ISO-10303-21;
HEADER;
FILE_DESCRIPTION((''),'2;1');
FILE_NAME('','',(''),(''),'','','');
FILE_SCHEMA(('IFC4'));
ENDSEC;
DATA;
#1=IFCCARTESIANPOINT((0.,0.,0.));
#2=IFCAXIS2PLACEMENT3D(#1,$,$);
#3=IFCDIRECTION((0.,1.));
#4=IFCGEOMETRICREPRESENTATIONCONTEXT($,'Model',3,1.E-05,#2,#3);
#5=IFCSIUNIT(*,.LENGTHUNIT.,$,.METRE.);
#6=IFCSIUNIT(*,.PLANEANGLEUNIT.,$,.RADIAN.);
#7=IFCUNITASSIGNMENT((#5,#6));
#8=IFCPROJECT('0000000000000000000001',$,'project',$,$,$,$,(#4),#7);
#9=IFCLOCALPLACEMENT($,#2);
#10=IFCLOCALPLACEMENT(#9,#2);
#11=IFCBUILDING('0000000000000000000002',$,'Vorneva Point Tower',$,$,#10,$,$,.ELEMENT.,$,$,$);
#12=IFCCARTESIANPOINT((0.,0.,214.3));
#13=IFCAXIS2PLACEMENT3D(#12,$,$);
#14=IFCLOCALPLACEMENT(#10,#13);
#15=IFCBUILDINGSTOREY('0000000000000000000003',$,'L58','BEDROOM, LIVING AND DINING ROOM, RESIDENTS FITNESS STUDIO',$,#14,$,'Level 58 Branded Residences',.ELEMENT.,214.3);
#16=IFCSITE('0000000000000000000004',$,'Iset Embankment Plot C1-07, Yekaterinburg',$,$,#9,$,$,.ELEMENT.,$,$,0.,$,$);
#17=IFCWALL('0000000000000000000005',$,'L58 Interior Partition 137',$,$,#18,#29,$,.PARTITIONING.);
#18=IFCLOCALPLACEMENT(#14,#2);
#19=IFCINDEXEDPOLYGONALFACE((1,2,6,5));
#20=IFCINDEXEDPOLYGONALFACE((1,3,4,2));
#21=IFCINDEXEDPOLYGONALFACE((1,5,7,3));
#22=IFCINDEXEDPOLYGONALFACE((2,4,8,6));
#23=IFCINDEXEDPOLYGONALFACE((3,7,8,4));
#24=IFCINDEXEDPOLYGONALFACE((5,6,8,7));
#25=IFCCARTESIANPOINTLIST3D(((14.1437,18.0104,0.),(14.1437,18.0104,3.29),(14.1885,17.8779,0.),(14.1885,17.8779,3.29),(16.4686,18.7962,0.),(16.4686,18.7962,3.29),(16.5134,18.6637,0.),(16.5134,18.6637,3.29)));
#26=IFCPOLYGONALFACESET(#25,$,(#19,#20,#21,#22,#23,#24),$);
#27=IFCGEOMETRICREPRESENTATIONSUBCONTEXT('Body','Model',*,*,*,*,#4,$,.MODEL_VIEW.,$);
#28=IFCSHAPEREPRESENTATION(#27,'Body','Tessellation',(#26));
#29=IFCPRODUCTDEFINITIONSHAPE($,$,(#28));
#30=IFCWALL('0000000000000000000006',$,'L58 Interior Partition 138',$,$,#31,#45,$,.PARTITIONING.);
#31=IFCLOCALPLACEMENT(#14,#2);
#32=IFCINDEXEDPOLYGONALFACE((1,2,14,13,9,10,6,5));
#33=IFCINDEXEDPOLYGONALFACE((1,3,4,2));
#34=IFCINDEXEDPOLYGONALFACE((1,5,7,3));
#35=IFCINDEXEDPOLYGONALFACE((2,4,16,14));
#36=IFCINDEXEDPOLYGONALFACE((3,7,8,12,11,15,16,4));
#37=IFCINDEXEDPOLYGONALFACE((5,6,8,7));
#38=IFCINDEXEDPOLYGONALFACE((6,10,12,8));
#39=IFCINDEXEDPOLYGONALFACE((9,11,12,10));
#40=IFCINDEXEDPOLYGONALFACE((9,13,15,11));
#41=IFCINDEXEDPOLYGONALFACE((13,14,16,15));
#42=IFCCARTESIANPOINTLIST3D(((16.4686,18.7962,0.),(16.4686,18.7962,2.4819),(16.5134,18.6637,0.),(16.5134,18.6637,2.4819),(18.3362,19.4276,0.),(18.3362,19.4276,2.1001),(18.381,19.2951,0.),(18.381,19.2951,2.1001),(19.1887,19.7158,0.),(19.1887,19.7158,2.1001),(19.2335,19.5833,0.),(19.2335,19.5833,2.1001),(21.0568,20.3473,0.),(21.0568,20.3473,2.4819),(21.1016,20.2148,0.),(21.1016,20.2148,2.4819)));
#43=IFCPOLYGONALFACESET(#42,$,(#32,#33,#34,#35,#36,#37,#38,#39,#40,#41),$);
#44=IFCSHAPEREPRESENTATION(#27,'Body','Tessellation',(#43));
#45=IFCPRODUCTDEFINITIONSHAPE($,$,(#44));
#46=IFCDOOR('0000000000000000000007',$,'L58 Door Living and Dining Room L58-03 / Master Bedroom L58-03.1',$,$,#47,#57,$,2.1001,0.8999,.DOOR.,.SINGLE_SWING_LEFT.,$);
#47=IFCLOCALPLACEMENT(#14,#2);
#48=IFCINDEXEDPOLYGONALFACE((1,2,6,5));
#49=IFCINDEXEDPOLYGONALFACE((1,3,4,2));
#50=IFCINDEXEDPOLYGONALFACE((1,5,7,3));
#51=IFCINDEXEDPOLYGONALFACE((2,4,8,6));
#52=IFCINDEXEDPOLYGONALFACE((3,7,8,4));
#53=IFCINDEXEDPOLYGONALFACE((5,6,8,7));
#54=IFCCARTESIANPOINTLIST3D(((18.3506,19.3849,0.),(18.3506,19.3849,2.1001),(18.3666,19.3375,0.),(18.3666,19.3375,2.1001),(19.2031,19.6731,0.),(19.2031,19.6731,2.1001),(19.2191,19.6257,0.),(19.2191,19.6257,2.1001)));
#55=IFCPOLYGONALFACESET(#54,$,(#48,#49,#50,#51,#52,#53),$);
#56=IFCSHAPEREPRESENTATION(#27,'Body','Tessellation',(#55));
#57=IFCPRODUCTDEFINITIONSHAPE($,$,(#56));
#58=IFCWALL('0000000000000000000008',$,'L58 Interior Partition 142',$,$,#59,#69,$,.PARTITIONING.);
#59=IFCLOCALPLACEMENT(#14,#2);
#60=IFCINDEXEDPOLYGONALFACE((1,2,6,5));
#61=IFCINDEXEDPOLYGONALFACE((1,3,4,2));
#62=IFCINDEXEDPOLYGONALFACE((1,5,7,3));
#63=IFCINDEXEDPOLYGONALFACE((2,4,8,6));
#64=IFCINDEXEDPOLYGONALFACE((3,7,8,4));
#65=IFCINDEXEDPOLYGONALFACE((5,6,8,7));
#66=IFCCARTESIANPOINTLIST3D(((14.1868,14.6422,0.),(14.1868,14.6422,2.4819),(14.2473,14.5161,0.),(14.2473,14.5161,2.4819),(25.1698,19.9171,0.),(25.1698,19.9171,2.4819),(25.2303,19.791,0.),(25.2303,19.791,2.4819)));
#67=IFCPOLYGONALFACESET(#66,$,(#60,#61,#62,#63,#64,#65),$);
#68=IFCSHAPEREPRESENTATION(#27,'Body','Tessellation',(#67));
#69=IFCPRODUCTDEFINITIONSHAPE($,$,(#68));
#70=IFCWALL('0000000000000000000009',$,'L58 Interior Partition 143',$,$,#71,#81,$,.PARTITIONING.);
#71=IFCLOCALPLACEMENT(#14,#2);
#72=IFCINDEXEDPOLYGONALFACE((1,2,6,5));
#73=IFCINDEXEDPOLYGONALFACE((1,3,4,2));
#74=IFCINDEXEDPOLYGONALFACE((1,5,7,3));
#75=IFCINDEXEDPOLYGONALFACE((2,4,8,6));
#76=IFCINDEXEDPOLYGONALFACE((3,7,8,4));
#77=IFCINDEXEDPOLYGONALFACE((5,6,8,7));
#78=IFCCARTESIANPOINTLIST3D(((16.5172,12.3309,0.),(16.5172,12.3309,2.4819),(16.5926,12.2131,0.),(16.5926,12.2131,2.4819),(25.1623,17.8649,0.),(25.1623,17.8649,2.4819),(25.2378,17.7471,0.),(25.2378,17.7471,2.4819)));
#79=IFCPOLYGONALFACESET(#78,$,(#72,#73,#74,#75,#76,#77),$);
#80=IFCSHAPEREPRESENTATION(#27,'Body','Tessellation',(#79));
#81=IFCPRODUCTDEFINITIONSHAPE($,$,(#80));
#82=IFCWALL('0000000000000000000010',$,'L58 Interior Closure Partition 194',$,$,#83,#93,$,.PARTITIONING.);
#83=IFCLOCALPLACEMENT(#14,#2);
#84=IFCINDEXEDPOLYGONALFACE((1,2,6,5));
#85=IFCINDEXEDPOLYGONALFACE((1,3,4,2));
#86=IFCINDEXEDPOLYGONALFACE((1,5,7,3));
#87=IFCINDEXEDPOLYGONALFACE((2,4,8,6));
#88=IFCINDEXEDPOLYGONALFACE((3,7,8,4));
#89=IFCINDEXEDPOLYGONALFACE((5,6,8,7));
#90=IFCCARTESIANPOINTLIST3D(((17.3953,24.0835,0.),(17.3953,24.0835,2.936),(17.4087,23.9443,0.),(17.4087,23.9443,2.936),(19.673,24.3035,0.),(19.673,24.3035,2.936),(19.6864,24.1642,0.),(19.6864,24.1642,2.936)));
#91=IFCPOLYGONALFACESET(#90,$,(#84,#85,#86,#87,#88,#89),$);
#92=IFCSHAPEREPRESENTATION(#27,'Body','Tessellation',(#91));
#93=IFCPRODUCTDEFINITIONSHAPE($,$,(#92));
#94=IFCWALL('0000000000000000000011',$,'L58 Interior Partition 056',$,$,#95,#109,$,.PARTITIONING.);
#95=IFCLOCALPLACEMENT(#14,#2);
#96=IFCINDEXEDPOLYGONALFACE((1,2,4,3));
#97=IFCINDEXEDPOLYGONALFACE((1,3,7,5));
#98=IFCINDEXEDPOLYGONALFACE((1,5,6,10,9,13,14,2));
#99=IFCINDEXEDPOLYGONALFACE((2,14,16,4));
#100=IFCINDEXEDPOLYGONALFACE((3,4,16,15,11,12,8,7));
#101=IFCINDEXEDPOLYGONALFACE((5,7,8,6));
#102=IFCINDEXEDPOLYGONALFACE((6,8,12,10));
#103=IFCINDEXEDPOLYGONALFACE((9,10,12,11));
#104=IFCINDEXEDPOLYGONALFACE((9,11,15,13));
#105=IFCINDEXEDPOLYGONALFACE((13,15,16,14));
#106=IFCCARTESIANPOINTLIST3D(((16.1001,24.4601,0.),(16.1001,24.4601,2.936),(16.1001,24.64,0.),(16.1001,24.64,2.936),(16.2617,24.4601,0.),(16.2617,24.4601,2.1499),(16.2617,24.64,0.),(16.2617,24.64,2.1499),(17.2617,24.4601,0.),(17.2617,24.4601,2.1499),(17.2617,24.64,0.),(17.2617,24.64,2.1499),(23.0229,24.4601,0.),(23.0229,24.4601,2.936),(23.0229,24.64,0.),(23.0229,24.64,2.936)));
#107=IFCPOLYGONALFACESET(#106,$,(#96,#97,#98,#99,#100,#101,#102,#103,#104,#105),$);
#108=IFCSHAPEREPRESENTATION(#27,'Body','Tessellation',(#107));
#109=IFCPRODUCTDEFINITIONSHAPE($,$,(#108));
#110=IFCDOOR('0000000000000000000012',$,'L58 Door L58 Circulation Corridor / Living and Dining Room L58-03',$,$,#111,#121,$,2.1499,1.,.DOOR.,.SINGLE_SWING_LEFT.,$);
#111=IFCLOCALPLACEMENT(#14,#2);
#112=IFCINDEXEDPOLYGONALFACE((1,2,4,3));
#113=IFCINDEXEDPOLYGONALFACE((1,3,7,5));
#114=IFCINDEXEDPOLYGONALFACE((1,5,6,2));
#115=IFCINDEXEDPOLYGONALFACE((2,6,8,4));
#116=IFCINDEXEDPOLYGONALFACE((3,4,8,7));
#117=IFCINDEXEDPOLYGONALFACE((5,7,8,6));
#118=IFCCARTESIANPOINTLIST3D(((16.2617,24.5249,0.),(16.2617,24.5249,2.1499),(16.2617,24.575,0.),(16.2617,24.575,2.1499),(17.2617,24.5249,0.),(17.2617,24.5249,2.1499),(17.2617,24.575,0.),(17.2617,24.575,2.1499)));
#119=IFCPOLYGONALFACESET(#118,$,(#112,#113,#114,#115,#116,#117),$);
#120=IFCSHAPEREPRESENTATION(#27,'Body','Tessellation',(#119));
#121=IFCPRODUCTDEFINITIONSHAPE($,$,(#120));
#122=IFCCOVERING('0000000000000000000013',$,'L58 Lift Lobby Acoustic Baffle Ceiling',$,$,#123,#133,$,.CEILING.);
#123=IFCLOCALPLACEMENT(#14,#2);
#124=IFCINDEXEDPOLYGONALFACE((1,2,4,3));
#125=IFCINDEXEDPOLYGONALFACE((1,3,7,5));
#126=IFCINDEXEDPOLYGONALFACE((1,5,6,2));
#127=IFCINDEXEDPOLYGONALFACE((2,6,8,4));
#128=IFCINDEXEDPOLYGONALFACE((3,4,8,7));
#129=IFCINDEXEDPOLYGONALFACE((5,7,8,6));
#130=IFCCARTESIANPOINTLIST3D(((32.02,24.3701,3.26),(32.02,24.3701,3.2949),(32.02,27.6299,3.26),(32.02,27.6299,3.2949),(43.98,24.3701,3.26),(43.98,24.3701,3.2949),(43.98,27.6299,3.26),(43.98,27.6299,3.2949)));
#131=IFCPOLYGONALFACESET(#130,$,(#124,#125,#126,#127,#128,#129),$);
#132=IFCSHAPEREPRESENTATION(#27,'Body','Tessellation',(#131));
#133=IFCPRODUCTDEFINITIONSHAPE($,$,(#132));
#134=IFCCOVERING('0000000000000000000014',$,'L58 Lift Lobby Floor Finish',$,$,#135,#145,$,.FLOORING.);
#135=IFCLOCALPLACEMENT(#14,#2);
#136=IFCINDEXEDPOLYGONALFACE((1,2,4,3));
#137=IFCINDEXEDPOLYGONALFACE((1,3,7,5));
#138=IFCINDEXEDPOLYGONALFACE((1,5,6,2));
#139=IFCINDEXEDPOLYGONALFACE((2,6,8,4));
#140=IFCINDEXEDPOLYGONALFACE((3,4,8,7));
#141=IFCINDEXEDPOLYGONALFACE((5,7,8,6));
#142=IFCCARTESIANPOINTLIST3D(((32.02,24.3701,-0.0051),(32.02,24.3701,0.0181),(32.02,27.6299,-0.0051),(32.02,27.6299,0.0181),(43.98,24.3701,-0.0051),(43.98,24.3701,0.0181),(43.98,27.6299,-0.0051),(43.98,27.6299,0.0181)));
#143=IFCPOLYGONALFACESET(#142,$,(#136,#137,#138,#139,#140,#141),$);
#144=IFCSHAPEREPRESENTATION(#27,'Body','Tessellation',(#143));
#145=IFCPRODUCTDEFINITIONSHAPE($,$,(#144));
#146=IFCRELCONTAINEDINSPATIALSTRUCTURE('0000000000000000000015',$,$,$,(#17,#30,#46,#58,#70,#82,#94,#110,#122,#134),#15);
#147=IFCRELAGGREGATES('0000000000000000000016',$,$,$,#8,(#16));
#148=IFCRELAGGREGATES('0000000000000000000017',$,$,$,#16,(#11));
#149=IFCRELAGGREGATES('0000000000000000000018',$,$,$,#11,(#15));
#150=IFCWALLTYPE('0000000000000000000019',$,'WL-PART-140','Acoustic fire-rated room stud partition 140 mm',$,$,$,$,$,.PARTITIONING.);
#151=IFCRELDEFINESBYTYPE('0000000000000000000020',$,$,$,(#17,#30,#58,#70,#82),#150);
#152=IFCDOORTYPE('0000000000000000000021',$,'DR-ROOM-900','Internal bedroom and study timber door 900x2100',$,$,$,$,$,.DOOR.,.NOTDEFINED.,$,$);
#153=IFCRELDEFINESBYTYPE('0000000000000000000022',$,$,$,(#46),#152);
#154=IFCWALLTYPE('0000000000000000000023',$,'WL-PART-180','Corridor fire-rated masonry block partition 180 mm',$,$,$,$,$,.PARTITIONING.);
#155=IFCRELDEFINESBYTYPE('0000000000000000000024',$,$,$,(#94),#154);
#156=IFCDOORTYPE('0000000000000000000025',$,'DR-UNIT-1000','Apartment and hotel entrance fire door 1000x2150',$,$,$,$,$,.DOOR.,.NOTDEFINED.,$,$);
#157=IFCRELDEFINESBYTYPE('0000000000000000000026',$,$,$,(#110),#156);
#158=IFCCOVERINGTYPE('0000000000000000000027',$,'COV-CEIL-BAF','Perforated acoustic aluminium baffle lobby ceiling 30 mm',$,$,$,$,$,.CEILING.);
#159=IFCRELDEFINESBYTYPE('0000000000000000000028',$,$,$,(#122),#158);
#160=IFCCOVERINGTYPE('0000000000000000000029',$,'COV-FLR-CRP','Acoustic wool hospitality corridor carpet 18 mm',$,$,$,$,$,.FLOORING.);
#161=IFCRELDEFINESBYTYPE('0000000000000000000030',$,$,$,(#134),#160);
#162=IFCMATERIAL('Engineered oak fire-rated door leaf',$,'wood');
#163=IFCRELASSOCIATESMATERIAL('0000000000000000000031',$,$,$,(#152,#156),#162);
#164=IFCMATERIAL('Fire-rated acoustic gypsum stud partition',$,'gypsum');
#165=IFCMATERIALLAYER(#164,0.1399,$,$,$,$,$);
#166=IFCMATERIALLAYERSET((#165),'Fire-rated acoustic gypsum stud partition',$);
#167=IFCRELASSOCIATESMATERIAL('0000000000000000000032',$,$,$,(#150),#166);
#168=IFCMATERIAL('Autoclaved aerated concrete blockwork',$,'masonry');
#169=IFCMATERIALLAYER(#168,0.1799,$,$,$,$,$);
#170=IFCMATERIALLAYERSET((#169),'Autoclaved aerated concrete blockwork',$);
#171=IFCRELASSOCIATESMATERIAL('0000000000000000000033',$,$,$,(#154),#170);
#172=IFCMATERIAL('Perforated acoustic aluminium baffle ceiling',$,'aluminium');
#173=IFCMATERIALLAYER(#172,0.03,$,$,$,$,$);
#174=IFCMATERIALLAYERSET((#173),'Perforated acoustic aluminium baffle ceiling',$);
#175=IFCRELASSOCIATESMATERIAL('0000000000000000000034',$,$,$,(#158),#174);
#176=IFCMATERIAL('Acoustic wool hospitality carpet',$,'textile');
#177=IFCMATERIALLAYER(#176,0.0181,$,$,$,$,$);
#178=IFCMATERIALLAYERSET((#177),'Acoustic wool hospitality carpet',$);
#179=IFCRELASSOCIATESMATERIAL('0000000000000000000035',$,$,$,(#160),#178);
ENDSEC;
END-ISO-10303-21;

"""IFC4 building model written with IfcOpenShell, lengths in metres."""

from ifc_helpers import new_model, si_unit, direction, frame, frame_2d, origin, place, context, subcontext, project, spatial, polyline, rectangle, outline, extrude, material, layer, layer_set, type_object, element, fill, save


model = new_model("IFC4")

# Units and contexts
model_context = context("Model", 3, precision=1e-05, world=origin(), true_north=direction((0.0, 1.0)))
body_context = subcontext(model_context, "Body", "Model", "MODEL_VIEW")
ifc_project = project(units=[si_unit("LENGTHUNIT", "METRE"), si_unit("PLANEANGLEUNIT", "RADIAN")], contexts=[model_context])

# Site, building, storey
site_placement = place(None, origin())
site = spatial("IfcSite", under=ifc_project, at=site_placement, Name="Iset Embankment Plot C1-07, Yekaterinburg", CompositionType="ELEMENT", RefElevation=0.0)
building_placement = place(site_placement, origin())
building = spatial("IfcBuilding", under=site, at=building_placement, Name="Vorneva Point Tower", CompositionType="ELEMENT")
storey_placement = place(building_placement, frame((0.0, 0.0, 214.3)))
storey = spatial("IfcBuildingStorey", under=building, at=storey_placement, Name="L58", Description="BEDROOM, LIVING AND DINING ROOM, RESIDENTS FITNESS STUDIO", LongName="Level 58 Branded Residences", CompositionType="ELEMENT", Elevation=214.3)

# Shared definitions
ifc_material_1 = material(Name="Fire-rated acoustic gypsum stud partition", Category="gypsum")
ifc_material_2 = material(Name="Engineered oak fire-rated door leaf", Category="wood")
door_type_1 = type_object("IfcDoorType", Name="DR-ROOM-900", Description="Internal bedroom and study timber door 900x2100", OperationType="NOTDEFINED", PredefinedType="DOOR", material=ifc_material_2)

# Wall
ifc_layer_1 = layer(ifc_material_1, 0.1399)
ifc_layer_set_1 = layer_set([ifc_layer_1], Name="Fire-rated acoustic gypsum stud partition")
wall_type_1 = type_object("IfcWallType", Name="WL-PART-140", Description="Acoustic fire-rated room stud partition 140 mm", PredefinedType="PARTITIONING", material=ifc_layer_set_1)
wall_1_placement = place(storey_placement, frame((16.491, 18.73, 0.0), z_axis=(0.0, 0.0, 1.0), x_axis=(-0.947342, -0.320224, 0.0)))
element("IfcWall", 1, at=wall_1_placement, inside=storey, type_object=wall_type_1, Name="L58 Interior Partition 137", PredefinedType="PARTITIONING", context=body_context, shape_type="SweptSolid", body=[
    extrude(rectangle(XDim=2.4541, YDim=0.1399, at=frame_2d((1.2271, 0.0))), origin(), (0.0, 0.0, 1.0), 3.29),
])

# Wall, opening, door
wall_2_placement = place(storey_placement, frame((16.491, 18.73, 0.0), z_axis=(0.0, 0.0, 1.0), x_axis=(0.947334, 0.320248, 0.0)))
wall_2 = element("IfcWall", 2, at=wall_2_placement, inside=storey, type_object=wall_type_1, Name="L58 Interior Partition 138", PredefinedType="PARTITIONING", context=body_context, shape_type="SweptSolid", body=[
    extrude(rectangle(XDim=4.8433, YDim=0.1399, at=frame_2d((2.4216, 0.0))), origin(), (0.0, 0.0, 1.0), 2.4819),
])
opening_1_placement = place(wall_2_placement, frame((1.9714, 0.0, 0.0)))
opening_1 = element("IfcOpeningElement", 3, at=opening_1_placement, cuts=wall_2, PredefinedType="OPENING", context=body_context, shape_type="SweptSolid", body=[
    extrude(rectangle(XDim=0.8999, YDim=2.1001, at=frame_2d((0.45, 1.05))), frame((0.0, 0.085, 0.0), z_axis=(0.0, -1.0, 0.0), x_axis=(1.0, 0.0, 0.0)), (0.0, 0.0, 1.0), 0.1697),
])
door_1_placement = place(opening_1_placement, origin())
door_1 = element("IfcDoor", 4, at=door_1_placement, inside=storey, type_object=door_type_1, Name="L58 Door Living and Dining Room L58-03 / Master Bedroom L58-03.1", OperationType="SINGLE_SWING_LEFT", OverallHeight=2.1001, OverallWidth=0.8999, PredefinedType="DOOR", context=body_context, shape_type="SweptSolid", body=[
    extrude(rectangle(XDim=0.8999, YDim=2.1001, at=frame_2d((0.45, 1.05))), frame((0.0, 0.0249, 0.0), z_axis=(0.0, -1.0, 0.0), x_axis=(1.0, 0.0, 0.0)), (0.0, 0.0, 1.0), 0.05),
])
fill(opening_1, door_1)

# Walls
wall_3_placement = place(storey_placement, frame((14.217, 14.5791, 0.0), z_axis=(0.0, 0.0, 1.0), x_axis=(0.901424, 0.432938, 0.0)))
element("IfcWall", 5, at=wall_3_placement, inside=storey, type_object=wall_type_1, Name="L58 Interior Partition 142", PredefinedType="PARTITIONING", context=body_context, shape_type="SweptSolid", body=[
    extrude(rectangle(XDim=12.1841, YDim=0.1399, at=frame_2d((6.092, 0.0))), origin(), (0.0, 0.0, 1.0), 2.4819),
])
wall_4_placement = place(storey_placement, frame((16.5549, 12.272, 0.0), z_axis=(0.0, 0.0, 1.0), x_axis=(0.842222, 0.539131, 0.0)))
element("IfcWall", 6, at=wall_4_placement, inside=storey, type_object=wall_type_1, Name="L58 Interior Partition 143", PredefinedType="PARTITIONING", context=body_context, shape_type="SweptSolid", body=[
    extrude(rectangle(XDim=10.2646, YDim=0.1399, at=frame_2d((5.1323, 0.0))), origin(), (0.0, 0.0, 1.0), 2.4819),
])
wall_5_placement = place(storey_placement, frame((17.4021, 24.0139, 0.0), z_axis=(0.0, 0.0, 1.0), x_axis=(0.995369, 0.096123, 0.0)))
element("IfcWall", 7, at=wall_5_placement, inside=storey, type_object=wall_type_1, Name="L58 Interior Closure Partition 194", PredefinedType="PARTITIONING", context=body_context, shape_type="SweptSolid", body=[
    extrude(rectangle(XDim=2.2883, YDim=0.1399, at=frame_2d((1.144, 0.0))), origin(), (0.0, 0.0, 1.0), 2.936),
])

# Wall, opening, door
ifc_material_3 = material(Name="Autoclaved aerated concrete blockwork", Category="masonry")
ifc_layer_2 = layer(ifc_material_3, 0.1799)
ifc_layer_set_2 = layer_set([ifc_layer_2], Name="Autoclaved aerated concrete blockwork")
wall_type_2 = type_object("IfcWallType", Name="WL-PART-180", Description="Corridor fire-rated masonry block partition 180 mm", PredefinedType="PARTITIONING", material=ifc_layer_set_2)
wall_6_placement = place(storey_placement, frame((16.1001, 24.55, 0.0), z_axis=(0.0, 0.0, 1.0), x_axis=(1.0, 0.0, 0.0)))
wall_6 = element("IfcWall", 8, at=wall_6_placement, inside=storey, type_object=wall_type_2, Name="L58 Interior Partition 056", PredefinedType="PARTITIONING", context=body_context, shape_type="SweptSolid", body=[
    extrude(rectangle(XDim=6.9229, YDim=0.1799, at=frame_2d((3.4614, 0.0))), origin(), (0.0, 0.0, 1.0), 2.936),
])
opening_2_placement = place(wall_6_placement, frame((0.1616, 0.0, 0.0)))
opening_2 = element("IfcOpeningElement", 9, at=opening_2_placement, cuts=wall_6, PredefinedType="OPENING", context=body_context, shape_type="SweptSolid", body=[
    extrude(rectangle(XDim=1.0, YDim=2.1499, at=frame_2d((0.5, 1.075))), frame((0.0, 0.105, 0.0), z_axis=(0.0, -1.0, 0.0), x_axis=(1.0, 0.0, 0.0)), (0.0, 0.0, 1.0), 0.2097),
])
door_type_2 = type_object("IfcDoorType", Name="DR-UNIT-1000", Description="Apartment and hotel entrance fire door 1000x2150", OperationType="NOTDEFINED", PredefinedType="DOOR", material=ifc_material_2)
door_2_placement = place(opening_2_placement, origin())
door_2 = element("IfcDoor", 10, at=door_2_placement, inside=storey, type_object=door_type_2, Name="L58 Door L58 Circulation Corridor / Living and Dining Room L58-03", OperationType="SINGLE_SWING_LEFT", OverallHeight=2.1499, OverallWidth=1.0, PredefinedType="DOOR", context=body_context, shape_type="SweptSolid", body=[
    extrude(rectangle(XDim=1.0, YDim=2.1499, at=frame_2d((0.5, 1.075))), frame((0.0, 0.0249, 0.0), z_axis=(0.0, -1.0, 0.0), x_axis=(1.0, 0.0, 0.0)), (0.0, 0.0, 1.0), 0.05),
])
fill(opening_2, door_2)

# Coverings
ifc_material_4 = material(Name="Perforated acoustic aluminium baffle ceiling", Category="aluminium")
ifc_layer_3 = layer(ifc_material_4, 0.03)
ifc_layer_set_3 = layer_set([ifc_layer_3], Name="Perforated acoustic aluminium baffle ceiling")
covering_type_1 = type_object("IfcCoveringType", Name="COV-CEIL-BAF", Description="Perforated acoustic aluminium baffle lobby ceiling 30 mm", PredefinedType="CEILING", material=ifc_layer_set_3)
covering_1_placement = place(storey_placement, frame((0.0, 0.0, 3.26)))
element("IfcCovering", 11, at=covering_1_placement, inside=storey, type_object=covering_type_1, Name="L58 Lift Lobby Acoustic Baffle Ceiling", PredefinedType="CEILING", context=body_context, shape_type="SweptSolid", body=[
    extrude(outline(polyline([(32.02, 24.3701), (43.98, 24.3701), (43.98, 27.6299), (32.02, 27.6299), (32.02, 24.3701)])), origin(), (0.0, 0.0, 1.0), 0.0349),
])
ifc_material_5 = material(Name="Acoustic wool hospitality carpet", Category="textile")
ifc_layer_4 = layer(ifc_material_5, 0.0181)
ifc_layer_set_4 = layer_set([ifc_layer_4], Name="Acoustic wool hospitality carpet")
covering_type_2 = type_object("IfcCoveringType", Name="COV-FLR-CRP", Description="Acoustic wool hospitality corridor carpet 18 mm", PredefinedType="FLOORING", material=ifc_layer_set_4)
covering_2_placement = place(storey_placement, frame((0.0, 0.0, -0.0051)))
element("IfcCovering", 12, at=covering_2_placement, inside=storey, type_object=covering_type_2, Name="L58 Lift Lobby Floor Finish", PredefinedType="FLOORING", context=body_context, shape_type="SweptSolid", body=[
    extrude(outline(polyline([(32.02, 24.3701), (43.98, 24.3701), (43.98, 27.6299), (32.02, 27.6299), (32.02, 24.3701)])), origin(), (0.0, 0.0, 1.0), 0.0232),
])

save(model, "model.ifc")
